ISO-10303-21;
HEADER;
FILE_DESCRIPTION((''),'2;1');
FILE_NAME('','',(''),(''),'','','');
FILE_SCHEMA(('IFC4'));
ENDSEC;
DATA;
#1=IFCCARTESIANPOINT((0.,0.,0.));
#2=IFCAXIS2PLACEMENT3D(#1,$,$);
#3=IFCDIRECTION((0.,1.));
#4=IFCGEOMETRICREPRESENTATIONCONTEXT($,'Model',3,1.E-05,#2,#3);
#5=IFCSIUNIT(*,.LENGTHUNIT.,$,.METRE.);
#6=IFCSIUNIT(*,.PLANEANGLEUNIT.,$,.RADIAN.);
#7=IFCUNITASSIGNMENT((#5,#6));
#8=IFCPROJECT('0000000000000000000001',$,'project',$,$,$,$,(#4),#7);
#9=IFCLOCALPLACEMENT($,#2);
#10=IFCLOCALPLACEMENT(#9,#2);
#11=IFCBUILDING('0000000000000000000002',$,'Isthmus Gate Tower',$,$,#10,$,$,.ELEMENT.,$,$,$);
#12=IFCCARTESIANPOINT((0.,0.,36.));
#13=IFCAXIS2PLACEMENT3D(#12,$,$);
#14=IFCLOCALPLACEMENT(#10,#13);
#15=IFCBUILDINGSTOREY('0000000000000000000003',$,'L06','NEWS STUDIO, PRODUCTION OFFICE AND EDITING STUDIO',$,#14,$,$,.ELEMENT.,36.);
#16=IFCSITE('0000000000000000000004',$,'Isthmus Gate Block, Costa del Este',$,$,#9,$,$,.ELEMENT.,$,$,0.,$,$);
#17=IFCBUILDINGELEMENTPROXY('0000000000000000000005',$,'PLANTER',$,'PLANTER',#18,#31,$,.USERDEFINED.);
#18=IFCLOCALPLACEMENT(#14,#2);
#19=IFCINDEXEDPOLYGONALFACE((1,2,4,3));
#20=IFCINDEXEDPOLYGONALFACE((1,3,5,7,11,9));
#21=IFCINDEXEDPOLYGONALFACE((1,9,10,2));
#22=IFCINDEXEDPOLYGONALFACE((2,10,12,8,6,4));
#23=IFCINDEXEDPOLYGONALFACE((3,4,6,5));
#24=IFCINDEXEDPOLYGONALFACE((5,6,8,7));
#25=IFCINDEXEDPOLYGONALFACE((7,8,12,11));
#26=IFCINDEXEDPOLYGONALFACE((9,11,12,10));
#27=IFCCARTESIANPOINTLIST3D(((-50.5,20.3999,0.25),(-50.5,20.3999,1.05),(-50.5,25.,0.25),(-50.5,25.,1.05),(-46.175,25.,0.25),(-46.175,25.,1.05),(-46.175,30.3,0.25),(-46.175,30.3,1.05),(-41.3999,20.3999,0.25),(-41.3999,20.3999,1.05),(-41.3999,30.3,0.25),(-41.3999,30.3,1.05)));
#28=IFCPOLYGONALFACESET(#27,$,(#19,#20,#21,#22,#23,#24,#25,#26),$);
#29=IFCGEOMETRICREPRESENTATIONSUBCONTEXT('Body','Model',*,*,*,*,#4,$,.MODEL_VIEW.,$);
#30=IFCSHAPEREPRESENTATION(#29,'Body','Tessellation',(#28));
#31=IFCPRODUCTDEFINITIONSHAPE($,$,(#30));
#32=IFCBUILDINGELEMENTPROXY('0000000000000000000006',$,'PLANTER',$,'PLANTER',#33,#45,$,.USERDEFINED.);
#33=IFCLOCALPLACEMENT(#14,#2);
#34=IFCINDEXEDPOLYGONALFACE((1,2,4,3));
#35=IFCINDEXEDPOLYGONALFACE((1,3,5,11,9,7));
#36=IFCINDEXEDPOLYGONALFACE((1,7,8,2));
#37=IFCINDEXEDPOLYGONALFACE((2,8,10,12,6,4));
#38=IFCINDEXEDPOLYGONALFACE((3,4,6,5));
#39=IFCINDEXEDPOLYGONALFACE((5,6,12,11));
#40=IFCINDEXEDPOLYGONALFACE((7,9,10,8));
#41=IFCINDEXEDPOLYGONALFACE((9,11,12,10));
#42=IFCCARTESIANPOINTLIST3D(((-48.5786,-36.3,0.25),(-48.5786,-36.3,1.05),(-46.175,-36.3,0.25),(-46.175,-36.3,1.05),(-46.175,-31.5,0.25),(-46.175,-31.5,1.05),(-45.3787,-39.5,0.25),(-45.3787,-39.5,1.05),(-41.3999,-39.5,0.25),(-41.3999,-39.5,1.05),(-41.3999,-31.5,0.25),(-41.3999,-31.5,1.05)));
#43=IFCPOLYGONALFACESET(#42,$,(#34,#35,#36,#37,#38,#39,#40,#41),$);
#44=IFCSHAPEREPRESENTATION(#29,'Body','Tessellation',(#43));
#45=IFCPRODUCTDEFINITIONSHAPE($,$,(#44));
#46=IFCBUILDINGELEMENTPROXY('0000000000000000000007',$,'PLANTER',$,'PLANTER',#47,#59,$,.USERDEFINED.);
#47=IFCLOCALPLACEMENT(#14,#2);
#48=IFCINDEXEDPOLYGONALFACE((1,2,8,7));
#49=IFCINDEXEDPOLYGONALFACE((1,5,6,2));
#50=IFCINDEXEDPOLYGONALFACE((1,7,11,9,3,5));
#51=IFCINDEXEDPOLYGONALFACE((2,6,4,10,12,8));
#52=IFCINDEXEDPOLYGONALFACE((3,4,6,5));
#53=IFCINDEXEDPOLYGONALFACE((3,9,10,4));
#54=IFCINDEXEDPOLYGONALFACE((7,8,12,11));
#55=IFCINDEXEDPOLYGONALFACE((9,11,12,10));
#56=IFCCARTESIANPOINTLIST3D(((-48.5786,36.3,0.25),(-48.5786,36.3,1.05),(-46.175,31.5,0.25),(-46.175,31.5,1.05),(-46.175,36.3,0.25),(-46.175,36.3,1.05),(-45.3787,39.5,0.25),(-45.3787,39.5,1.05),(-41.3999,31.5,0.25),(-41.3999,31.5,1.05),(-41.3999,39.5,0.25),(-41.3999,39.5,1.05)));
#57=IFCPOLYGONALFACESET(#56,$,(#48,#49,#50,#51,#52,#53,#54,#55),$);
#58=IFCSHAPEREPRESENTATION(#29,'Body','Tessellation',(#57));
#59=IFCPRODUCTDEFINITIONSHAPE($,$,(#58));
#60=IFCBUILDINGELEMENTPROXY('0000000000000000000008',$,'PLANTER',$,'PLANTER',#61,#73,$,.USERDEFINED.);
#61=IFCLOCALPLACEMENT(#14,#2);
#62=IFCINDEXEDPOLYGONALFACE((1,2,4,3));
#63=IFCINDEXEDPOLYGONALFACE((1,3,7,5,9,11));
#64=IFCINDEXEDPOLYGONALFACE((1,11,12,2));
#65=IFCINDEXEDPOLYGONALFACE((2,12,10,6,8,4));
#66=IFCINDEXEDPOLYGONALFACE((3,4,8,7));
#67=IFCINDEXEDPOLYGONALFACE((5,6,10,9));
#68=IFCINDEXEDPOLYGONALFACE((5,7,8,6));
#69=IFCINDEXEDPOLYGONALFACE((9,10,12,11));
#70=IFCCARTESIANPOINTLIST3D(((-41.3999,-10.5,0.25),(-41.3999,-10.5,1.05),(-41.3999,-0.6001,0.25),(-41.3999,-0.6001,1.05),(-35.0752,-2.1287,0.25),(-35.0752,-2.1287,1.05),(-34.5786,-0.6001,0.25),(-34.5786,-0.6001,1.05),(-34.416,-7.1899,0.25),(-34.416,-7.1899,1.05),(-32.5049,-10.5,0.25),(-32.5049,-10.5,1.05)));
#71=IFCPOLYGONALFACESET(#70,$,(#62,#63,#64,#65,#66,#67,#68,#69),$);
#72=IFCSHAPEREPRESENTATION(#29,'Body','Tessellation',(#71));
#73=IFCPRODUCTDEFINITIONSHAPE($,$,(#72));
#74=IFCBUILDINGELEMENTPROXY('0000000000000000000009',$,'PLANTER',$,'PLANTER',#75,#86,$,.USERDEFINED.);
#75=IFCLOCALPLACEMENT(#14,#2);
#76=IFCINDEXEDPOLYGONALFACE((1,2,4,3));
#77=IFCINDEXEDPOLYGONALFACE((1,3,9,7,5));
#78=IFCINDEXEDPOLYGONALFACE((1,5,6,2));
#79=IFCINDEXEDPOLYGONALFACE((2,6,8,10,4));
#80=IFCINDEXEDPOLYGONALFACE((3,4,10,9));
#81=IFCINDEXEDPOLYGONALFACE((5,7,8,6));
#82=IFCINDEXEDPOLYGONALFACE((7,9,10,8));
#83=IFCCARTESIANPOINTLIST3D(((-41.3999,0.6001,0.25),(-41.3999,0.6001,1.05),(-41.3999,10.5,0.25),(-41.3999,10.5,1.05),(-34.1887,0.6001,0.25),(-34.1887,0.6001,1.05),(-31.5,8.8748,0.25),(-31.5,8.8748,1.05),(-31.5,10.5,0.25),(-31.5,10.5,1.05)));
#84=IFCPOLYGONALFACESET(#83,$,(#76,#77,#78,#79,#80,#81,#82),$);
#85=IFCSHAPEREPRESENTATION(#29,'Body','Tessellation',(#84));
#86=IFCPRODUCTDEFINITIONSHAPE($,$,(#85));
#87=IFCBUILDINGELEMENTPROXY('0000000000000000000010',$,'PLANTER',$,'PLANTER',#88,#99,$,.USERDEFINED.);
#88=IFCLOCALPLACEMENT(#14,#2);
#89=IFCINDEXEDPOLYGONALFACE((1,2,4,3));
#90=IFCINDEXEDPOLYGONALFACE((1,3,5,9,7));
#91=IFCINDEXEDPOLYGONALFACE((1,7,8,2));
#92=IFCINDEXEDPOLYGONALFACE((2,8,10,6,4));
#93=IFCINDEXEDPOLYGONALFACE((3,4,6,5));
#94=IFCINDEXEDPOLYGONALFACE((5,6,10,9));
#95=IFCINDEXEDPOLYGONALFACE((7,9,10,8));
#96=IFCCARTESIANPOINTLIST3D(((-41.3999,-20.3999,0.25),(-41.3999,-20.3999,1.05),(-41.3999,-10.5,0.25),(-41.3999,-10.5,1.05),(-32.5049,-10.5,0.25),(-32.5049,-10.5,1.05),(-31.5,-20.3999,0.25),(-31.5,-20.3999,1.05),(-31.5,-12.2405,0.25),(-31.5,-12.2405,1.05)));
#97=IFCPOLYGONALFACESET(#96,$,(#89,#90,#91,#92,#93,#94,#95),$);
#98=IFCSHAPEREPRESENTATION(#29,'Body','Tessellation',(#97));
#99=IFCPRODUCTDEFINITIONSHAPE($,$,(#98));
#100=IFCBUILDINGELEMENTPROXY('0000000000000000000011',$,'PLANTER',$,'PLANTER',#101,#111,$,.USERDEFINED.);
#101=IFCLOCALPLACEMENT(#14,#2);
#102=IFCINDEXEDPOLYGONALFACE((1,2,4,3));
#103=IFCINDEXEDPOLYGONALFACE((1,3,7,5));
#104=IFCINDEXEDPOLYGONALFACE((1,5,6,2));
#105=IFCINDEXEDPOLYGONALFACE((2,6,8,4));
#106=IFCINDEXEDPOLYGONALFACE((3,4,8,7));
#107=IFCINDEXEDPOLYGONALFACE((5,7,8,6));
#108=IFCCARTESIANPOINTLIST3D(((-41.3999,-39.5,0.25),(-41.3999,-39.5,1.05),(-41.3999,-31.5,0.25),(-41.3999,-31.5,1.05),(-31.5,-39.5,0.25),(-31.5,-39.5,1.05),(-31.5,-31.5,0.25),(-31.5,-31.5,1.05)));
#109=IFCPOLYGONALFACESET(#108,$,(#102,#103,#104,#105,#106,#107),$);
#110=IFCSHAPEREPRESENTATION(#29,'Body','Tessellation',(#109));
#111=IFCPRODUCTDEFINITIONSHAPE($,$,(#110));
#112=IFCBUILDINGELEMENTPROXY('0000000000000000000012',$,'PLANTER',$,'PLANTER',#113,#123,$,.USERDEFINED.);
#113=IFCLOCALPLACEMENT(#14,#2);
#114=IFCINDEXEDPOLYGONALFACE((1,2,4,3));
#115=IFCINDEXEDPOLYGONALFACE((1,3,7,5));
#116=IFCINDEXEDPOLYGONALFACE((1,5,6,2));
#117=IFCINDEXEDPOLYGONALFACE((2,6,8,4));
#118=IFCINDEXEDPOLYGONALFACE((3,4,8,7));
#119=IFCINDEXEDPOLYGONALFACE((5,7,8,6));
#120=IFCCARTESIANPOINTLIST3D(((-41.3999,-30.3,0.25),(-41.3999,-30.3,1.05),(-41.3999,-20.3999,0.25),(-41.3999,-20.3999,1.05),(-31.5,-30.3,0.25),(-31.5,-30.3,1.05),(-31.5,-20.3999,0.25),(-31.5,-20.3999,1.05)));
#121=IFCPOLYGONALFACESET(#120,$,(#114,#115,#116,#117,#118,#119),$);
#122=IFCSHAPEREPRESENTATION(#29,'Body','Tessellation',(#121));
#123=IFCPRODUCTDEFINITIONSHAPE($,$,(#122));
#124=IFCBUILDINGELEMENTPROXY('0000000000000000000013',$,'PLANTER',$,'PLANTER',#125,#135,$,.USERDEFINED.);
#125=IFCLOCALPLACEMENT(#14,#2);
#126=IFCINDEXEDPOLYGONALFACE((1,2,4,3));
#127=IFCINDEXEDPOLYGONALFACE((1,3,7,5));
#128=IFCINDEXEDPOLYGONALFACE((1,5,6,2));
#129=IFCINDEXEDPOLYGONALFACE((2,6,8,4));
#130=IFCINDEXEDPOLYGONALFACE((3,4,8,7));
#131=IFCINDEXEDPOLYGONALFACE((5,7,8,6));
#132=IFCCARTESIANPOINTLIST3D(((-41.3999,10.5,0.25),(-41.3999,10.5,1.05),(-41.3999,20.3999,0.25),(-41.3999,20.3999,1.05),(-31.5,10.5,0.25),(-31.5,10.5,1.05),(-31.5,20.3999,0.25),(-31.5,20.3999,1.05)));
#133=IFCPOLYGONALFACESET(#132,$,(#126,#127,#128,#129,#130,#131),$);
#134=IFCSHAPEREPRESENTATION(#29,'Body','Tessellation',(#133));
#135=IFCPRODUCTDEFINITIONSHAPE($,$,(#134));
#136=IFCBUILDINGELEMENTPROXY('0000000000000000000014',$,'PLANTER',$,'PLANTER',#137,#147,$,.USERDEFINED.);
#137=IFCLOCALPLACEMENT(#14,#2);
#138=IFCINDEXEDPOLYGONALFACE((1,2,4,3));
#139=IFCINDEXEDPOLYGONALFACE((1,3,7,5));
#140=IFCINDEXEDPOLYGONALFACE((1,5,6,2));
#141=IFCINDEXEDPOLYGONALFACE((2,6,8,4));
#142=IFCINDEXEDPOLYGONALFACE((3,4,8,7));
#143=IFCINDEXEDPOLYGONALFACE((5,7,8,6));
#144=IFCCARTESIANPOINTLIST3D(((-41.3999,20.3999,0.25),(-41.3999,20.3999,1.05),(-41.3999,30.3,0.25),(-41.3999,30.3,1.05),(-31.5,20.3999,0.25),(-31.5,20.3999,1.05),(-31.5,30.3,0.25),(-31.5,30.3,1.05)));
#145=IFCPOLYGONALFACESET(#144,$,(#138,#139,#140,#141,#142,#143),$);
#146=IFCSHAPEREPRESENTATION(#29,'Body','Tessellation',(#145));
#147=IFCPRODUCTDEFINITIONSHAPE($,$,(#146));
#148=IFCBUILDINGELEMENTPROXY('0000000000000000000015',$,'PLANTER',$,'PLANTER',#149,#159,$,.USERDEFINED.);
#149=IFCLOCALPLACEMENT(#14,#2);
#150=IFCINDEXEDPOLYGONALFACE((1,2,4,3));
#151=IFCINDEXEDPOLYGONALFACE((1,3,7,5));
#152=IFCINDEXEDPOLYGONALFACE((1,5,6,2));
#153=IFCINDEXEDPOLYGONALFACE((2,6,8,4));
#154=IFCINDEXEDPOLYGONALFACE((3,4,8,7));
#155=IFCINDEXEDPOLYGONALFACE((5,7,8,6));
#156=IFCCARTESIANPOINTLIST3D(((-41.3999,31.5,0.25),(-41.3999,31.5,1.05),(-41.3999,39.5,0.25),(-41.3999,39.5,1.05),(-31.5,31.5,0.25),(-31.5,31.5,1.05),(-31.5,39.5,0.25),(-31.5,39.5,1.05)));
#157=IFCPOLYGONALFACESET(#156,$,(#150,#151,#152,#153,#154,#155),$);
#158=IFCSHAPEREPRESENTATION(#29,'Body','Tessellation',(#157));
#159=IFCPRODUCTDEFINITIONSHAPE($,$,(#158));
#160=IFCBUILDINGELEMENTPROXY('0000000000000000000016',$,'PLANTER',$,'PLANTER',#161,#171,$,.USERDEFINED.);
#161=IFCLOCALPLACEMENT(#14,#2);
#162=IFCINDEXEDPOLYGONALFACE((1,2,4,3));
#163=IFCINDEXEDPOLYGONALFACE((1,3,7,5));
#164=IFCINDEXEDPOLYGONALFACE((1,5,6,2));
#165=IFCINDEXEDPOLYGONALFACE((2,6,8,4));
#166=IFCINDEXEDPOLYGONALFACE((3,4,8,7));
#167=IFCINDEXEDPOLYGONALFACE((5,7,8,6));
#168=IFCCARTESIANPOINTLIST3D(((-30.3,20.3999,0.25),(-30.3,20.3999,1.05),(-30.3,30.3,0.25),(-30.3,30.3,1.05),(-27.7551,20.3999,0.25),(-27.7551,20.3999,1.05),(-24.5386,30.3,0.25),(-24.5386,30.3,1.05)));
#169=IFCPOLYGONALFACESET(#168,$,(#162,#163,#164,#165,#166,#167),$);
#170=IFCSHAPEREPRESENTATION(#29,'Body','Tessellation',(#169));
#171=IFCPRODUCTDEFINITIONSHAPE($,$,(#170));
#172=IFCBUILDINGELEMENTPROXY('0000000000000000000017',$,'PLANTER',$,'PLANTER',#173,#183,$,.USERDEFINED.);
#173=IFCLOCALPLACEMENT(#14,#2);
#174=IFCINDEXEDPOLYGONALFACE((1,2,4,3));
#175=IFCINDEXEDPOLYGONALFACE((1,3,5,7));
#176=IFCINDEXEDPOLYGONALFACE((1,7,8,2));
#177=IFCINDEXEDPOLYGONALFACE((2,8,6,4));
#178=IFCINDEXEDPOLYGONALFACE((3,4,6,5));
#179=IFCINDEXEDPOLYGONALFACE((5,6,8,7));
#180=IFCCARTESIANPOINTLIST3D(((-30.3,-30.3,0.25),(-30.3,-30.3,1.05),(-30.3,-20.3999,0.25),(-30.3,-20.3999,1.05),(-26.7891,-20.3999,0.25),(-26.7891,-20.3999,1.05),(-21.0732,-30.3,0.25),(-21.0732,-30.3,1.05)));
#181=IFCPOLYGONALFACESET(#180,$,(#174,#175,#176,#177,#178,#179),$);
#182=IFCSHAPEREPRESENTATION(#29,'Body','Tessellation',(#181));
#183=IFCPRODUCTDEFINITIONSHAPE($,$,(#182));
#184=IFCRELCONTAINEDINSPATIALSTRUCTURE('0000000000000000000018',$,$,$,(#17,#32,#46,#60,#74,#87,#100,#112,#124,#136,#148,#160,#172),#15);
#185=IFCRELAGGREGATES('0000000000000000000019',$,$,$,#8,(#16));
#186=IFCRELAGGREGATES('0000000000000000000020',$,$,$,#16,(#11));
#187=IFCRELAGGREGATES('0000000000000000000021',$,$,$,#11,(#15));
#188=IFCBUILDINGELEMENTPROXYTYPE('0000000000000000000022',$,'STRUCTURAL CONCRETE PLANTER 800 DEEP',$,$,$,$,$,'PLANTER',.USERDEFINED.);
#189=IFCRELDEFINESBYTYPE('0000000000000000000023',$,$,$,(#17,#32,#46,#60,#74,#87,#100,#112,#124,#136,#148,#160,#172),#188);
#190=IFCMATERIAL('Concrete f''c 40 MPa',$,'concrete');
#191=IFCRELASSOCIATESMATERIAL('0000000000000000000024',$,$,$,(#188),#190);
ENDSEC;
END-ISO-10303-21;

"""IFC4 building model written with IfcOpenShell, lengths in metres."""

from ifc_helpers import new_model, si_unit, direction, frame, origin, place, context, subcontext, project, spatial, polyline, outline, extrude, material, type_object, element, save


model = new_model("IFC4")

# Units and contexts
model_context = context("Model", 3, precision=1e-05, world=origin(), true_north=direction((0.0, 1.0)))
body_context = subcontext(model_context, "Body", "Model", "MODEL_VIEW")
ifc_project = project(units=[si_unit("LENGTHUNIT", "METRE"), si_unit("PLANEANGLEUNIT", "RADIAN")], contexts=[model_context])

# Site, building, storey
site_placement = place(None, origin())
site = spatial("IfcSite", under=ifc_project, at=site_placement, Name="Isthmus Gate Block, Costa del Este", CompositionType="ELEMENT", RefElevation=0.0)
building_placement = place(site_placement, origin())
building = spatial("IfcBuilding", under=site, at=building_placement, Name="Isthmus Gate Tower", CompositionType="ELEMENT")
storey_placement = place(building_placement, frame((0.0, 0.0, 36.0)))
storey = spatial("IfcBuildingStorey", under=building, at=storey_placement, Name="L06", Description="NEWS STUDIO, PRODUCTION OFFICE AND EDITING STUDIO", CompositionType="ELEMENT", Elevation=36.0)

# Building element proxies
ifc_material_1 = material(Name="Concrete f'c 40 MPa", Category="concrete")
building_element_proxy_type = type_object("IfcBuildingElementProxyType", Name="STRUCTURAL CONCRETE PLANTER 800 DEEP", ElementType="PLANTER", PredefinedType="USERDEFINED", material=ifc_material_1)
proxy_1_placement = place(storey_placement, frame((0.0, 0.0, 0.25)))
element("IfcBuildingElementProxy", 1, at=proxy_1_placement, inside=storey, type_object=building_element_proxy_type, Name="PLANTER", ObjectType="PLANTER", PredefinedType="USERDEFINED", context=body_context, shape_type="SweptSolid", body=[
    extrude(outline(polyline([(-41.3999, 30.3), (-46.175, 30.3), (-46.175, 25.0), (-50.5, 25.0), (-50.5, 20.3999), (-41.3999, 20.3999), (-41.3999, 30.3)])), origin(), (0.0, 0.0, 1.0), 0.8),
])
proxy_2_placement = place(storey_placement, frame((0.0, 0.0, 0.25)))
element("IfcBuildingElementProxy", 2, at=proxy_2_placement, inside=storey, type_object=building_element_proxy_type, Name="PLANTER", ObjectType="PLANTER", PredefinedType="USERDEFINED", context=body_context, shape_type="SweptSolid", body=[
    extrude(outline(polyline([(-41.3999, -31.5), (-46.175, -31.5), (-46.175, -36.3), (-48.5786, -36.3), (-45.3787, -39.5), (-41.3999, -39.5), (-41.3999, -31.5)])), origin(), (0.0, 0.0, 1.0), 0.8),
])
proxy_3_placement = place(storey_placement, frame((0.0, 0.0, 0.25)))
element("IfcBuildingElementProxy", 3, at=proxy_3_placement, inside=storey, type_object=building_element_proxy_type, Name="PLANTER", ObjectType="PLANTER", PredefinedType="USERDEFINED", context=body_context, shape_type="SweptSolid", body=[
    extrude(outline(polyline([(-41.3999, 31.5), (-41.3999, 39.5), (-45.3787, 39.5), (-48.5786, 36.3), (-46.175, 36.3), (-46.175, 31.5), (-41.3999, 31.5)])), origin(), (0.0, 0.0, 1.0), 0.8),
])
proxy_4_placement = place(storey_placement, frame((0.0, 0.0, 0.25)))
element("IfcBuildingElementProxy", 4, at=proxy_4_placement, inside=storey, type_object=building_element_proxy_type, Name="PLANTER", ObjectType="PLANTER", PredefinedType="USERDEFINED", context=body_context, shape_type="SweptSolid", body=[
    extrude(outline(polyline([(-41.3999, -10.5), (-32.5049, -10.5), (-34.416, -7.1899), (-35.0752, -2.1287), (-34.5786, -0.6001), (-41.3999, -0.6001), (-41.3999, -10.5)])), origin(), (0.0, 0.0, 1.0), 0.8),
])
proxy_5_placement = place(storey_placement, frame((0.0, 0.0, 0.25)))
element("IfcBuildingElementProxy", 5, at=proxy_5_placement, inside=storey, type_object=building_element_proxy_type, Name="PLANTER", ObjectType="PLANTER", PredefinedType="USERDEFINED", context=body_context, shape_type="SweptSolid", body=[
    extrude(outline(polyline([(-41.3999, 0.6001), (-34.1887, 0.6001), (-31.5, 8.8748), (-31.5, 10.5), (-41.3999, 10.5), (-41.3999, 0.6001)])), origin(), (0.0, 0.0, 1.0), 0.8),
])
proxy_6_placement = place(storey_placement, frame((0.0, 0.0, 0.25)))
element("IfcBuildingElementProxy", 6, at=proxy_6_placement, inside=storey, type_object=building_element_proxy_type, Name="PLANTER", ObjectType="PLANTER", PredefinedType="USERDEFINED", context=body_context, shape_type="SweptSolid", body=[
    extrude(outline(polyline([(-31.5, -20.3999), (-31.5, -12.2405), (-32.5049, -10.5), (-41.3999, -10.5), (-41.3999, -20.3999), (-31.5, -20.3999)])), origin(), (0.0, 0.0, 1.0), 0.8),
])
proxy_7_placement = place(storey_placement, frame((0.0, 0.0, 0.25)))
element("IfcBuildingElementProxy", 7, at=proxy_7_placement, inside=storey, type_object=building_element_proxy_type, Name="PLANTER", ObjectType="PLANTER", PredefinedType="USERDEFINED", context=body_context, shape_type="SweptSolid", body=[
    extrude(outline(polyline([(-41.3999, -31.5), (-41.3999, -39.5), (-31.5, -39.5), (-31.5, -31.5), (-41.3999, -31.5)])), origin(), (0.0, 0.0, 1.0), 0.8),
])
proxy_8_placement = place(storey_placement, frame((0.0, 0.0, 0.25)))
element("IfcBuildingElementProxy", 8, at=proxy_8_placement, inside=storey, type_object=building_element_proxy_type, Name="PLANTER", ObjectType="PLANTER", PredefinedType="USERDEFINED", context=body_context, shape_type="SweptSolid", body=[
    extrude(outline(polyline([(-41.3999, -30.3), (-31.5, -30.3), (-31.5, -20.3999), (-41.3999, -20.3999), (-41.3999, -30.3)])), origin(), (0.0, 0.0, 1.0), 0.8),
])
proxy_9_placement = place(storey_placement, frame((0.0, 0.0, 0.25)))
element("IfcBuildingElementProxy", 9, at=proxy_9_placement, inside=storey, type_object=building_element_proxy_type, Name="PLANTER", ObjectType="PLANTER", PredefinedType="USERDEFINED", context=body_context, shape_type="SweptSolid", body=[
    extrude(outline(polyline([(-41.3999, 10.5), (-31.5, 10.5), (-31.5, 20.3999), (-41.3999, 20.3999), (-41.3999, 10.5)])), origin(), (0.0, 0.0, 1.0), 0.8),
])
proxy_10_placement = place(storey_placement, frame((0.0, 0.0, 0.25)))
element("IfcBuildingElementProxy", 10, at=proxy_10_placement, inside=storey, type_object=building_element_proxy_type, Name="PLANTER", ObjectType="PLANTER", PredefinedType="USERDEFINED", context=body_context, shape_type="SweptSolid", body=[
    extrude(outline(polyline([(-41.3999, 20.3999), (-31.5, 20.3999), (-31.5, 30.3), (-41.3999, 30.3), (-41.3999, 20.3999)])), origin(), (0.0, 0.0, 1.0), 0.8),
])
proxy_11_placement = place(storey_placement, frame((0.0, 0.0, 0.25)))
element("IfcBuildingElementProxy", 11, at=proxy_11_placement, inside=storey, type_object=building_element_proxy_type, Name="PLANTER", ObjectType="PLANTER", PredefinedType="USERDEFINED", context=body_context, shape_type="SweptSolid", body=[
    extrude(outline(polyline([(-31.5, 31.5), (-31.5, 39.5), (-41.3999, 39.5), (-41.3999, 31.5), (-31.5, 31.5)])), origin(), (0.0, 0.0, 1.0), 0.8),
])
proxy_12_placement = place(storey_placement, frame((0.0, 0.0, 0.25)))
element("IfcBuildingElementProxy", 12, at=proxy_12_placement, inside=storey, type_object=building_element_proxy_type, Name="PLANTER", ObjectType="PLANTER", PredefinedType="USERDEFINED", context=body_context, shape_type="SweptSolid", body=[
    extrude(outline(polyline([(-30.3, 20.3999), (-27.7551, 20.3999), (-24.5386, 30.3), (-30.3, 30.3), (-30.3, 20.3999)])), origin(), (0.0, 0.0, 1.0), 0.8),
])
proxy_13_placement = place(storey_placement, frame((0.0, 0.0, 0.25)))
element("IfcBuildingElementProxy", 13, at=proxy_13_placement, inside=storey, type_object=building_element_proxy_type, Name="PLANTER", ObjectType="PLANTER", PredefinedType="USERDEFINED", context=body_context, shape_type="SweptSolid", body=[
    extrude(outline(polyline([(-30.3, -30.3), (-21.0732, -30.3), (-26.7891, -20.3999), (-30.3, -20.3999), (-30.3, -30.3)])), origin(), (0.0, 0.0, 1.0), 0.8),
])

save(model, "model.ifc")
